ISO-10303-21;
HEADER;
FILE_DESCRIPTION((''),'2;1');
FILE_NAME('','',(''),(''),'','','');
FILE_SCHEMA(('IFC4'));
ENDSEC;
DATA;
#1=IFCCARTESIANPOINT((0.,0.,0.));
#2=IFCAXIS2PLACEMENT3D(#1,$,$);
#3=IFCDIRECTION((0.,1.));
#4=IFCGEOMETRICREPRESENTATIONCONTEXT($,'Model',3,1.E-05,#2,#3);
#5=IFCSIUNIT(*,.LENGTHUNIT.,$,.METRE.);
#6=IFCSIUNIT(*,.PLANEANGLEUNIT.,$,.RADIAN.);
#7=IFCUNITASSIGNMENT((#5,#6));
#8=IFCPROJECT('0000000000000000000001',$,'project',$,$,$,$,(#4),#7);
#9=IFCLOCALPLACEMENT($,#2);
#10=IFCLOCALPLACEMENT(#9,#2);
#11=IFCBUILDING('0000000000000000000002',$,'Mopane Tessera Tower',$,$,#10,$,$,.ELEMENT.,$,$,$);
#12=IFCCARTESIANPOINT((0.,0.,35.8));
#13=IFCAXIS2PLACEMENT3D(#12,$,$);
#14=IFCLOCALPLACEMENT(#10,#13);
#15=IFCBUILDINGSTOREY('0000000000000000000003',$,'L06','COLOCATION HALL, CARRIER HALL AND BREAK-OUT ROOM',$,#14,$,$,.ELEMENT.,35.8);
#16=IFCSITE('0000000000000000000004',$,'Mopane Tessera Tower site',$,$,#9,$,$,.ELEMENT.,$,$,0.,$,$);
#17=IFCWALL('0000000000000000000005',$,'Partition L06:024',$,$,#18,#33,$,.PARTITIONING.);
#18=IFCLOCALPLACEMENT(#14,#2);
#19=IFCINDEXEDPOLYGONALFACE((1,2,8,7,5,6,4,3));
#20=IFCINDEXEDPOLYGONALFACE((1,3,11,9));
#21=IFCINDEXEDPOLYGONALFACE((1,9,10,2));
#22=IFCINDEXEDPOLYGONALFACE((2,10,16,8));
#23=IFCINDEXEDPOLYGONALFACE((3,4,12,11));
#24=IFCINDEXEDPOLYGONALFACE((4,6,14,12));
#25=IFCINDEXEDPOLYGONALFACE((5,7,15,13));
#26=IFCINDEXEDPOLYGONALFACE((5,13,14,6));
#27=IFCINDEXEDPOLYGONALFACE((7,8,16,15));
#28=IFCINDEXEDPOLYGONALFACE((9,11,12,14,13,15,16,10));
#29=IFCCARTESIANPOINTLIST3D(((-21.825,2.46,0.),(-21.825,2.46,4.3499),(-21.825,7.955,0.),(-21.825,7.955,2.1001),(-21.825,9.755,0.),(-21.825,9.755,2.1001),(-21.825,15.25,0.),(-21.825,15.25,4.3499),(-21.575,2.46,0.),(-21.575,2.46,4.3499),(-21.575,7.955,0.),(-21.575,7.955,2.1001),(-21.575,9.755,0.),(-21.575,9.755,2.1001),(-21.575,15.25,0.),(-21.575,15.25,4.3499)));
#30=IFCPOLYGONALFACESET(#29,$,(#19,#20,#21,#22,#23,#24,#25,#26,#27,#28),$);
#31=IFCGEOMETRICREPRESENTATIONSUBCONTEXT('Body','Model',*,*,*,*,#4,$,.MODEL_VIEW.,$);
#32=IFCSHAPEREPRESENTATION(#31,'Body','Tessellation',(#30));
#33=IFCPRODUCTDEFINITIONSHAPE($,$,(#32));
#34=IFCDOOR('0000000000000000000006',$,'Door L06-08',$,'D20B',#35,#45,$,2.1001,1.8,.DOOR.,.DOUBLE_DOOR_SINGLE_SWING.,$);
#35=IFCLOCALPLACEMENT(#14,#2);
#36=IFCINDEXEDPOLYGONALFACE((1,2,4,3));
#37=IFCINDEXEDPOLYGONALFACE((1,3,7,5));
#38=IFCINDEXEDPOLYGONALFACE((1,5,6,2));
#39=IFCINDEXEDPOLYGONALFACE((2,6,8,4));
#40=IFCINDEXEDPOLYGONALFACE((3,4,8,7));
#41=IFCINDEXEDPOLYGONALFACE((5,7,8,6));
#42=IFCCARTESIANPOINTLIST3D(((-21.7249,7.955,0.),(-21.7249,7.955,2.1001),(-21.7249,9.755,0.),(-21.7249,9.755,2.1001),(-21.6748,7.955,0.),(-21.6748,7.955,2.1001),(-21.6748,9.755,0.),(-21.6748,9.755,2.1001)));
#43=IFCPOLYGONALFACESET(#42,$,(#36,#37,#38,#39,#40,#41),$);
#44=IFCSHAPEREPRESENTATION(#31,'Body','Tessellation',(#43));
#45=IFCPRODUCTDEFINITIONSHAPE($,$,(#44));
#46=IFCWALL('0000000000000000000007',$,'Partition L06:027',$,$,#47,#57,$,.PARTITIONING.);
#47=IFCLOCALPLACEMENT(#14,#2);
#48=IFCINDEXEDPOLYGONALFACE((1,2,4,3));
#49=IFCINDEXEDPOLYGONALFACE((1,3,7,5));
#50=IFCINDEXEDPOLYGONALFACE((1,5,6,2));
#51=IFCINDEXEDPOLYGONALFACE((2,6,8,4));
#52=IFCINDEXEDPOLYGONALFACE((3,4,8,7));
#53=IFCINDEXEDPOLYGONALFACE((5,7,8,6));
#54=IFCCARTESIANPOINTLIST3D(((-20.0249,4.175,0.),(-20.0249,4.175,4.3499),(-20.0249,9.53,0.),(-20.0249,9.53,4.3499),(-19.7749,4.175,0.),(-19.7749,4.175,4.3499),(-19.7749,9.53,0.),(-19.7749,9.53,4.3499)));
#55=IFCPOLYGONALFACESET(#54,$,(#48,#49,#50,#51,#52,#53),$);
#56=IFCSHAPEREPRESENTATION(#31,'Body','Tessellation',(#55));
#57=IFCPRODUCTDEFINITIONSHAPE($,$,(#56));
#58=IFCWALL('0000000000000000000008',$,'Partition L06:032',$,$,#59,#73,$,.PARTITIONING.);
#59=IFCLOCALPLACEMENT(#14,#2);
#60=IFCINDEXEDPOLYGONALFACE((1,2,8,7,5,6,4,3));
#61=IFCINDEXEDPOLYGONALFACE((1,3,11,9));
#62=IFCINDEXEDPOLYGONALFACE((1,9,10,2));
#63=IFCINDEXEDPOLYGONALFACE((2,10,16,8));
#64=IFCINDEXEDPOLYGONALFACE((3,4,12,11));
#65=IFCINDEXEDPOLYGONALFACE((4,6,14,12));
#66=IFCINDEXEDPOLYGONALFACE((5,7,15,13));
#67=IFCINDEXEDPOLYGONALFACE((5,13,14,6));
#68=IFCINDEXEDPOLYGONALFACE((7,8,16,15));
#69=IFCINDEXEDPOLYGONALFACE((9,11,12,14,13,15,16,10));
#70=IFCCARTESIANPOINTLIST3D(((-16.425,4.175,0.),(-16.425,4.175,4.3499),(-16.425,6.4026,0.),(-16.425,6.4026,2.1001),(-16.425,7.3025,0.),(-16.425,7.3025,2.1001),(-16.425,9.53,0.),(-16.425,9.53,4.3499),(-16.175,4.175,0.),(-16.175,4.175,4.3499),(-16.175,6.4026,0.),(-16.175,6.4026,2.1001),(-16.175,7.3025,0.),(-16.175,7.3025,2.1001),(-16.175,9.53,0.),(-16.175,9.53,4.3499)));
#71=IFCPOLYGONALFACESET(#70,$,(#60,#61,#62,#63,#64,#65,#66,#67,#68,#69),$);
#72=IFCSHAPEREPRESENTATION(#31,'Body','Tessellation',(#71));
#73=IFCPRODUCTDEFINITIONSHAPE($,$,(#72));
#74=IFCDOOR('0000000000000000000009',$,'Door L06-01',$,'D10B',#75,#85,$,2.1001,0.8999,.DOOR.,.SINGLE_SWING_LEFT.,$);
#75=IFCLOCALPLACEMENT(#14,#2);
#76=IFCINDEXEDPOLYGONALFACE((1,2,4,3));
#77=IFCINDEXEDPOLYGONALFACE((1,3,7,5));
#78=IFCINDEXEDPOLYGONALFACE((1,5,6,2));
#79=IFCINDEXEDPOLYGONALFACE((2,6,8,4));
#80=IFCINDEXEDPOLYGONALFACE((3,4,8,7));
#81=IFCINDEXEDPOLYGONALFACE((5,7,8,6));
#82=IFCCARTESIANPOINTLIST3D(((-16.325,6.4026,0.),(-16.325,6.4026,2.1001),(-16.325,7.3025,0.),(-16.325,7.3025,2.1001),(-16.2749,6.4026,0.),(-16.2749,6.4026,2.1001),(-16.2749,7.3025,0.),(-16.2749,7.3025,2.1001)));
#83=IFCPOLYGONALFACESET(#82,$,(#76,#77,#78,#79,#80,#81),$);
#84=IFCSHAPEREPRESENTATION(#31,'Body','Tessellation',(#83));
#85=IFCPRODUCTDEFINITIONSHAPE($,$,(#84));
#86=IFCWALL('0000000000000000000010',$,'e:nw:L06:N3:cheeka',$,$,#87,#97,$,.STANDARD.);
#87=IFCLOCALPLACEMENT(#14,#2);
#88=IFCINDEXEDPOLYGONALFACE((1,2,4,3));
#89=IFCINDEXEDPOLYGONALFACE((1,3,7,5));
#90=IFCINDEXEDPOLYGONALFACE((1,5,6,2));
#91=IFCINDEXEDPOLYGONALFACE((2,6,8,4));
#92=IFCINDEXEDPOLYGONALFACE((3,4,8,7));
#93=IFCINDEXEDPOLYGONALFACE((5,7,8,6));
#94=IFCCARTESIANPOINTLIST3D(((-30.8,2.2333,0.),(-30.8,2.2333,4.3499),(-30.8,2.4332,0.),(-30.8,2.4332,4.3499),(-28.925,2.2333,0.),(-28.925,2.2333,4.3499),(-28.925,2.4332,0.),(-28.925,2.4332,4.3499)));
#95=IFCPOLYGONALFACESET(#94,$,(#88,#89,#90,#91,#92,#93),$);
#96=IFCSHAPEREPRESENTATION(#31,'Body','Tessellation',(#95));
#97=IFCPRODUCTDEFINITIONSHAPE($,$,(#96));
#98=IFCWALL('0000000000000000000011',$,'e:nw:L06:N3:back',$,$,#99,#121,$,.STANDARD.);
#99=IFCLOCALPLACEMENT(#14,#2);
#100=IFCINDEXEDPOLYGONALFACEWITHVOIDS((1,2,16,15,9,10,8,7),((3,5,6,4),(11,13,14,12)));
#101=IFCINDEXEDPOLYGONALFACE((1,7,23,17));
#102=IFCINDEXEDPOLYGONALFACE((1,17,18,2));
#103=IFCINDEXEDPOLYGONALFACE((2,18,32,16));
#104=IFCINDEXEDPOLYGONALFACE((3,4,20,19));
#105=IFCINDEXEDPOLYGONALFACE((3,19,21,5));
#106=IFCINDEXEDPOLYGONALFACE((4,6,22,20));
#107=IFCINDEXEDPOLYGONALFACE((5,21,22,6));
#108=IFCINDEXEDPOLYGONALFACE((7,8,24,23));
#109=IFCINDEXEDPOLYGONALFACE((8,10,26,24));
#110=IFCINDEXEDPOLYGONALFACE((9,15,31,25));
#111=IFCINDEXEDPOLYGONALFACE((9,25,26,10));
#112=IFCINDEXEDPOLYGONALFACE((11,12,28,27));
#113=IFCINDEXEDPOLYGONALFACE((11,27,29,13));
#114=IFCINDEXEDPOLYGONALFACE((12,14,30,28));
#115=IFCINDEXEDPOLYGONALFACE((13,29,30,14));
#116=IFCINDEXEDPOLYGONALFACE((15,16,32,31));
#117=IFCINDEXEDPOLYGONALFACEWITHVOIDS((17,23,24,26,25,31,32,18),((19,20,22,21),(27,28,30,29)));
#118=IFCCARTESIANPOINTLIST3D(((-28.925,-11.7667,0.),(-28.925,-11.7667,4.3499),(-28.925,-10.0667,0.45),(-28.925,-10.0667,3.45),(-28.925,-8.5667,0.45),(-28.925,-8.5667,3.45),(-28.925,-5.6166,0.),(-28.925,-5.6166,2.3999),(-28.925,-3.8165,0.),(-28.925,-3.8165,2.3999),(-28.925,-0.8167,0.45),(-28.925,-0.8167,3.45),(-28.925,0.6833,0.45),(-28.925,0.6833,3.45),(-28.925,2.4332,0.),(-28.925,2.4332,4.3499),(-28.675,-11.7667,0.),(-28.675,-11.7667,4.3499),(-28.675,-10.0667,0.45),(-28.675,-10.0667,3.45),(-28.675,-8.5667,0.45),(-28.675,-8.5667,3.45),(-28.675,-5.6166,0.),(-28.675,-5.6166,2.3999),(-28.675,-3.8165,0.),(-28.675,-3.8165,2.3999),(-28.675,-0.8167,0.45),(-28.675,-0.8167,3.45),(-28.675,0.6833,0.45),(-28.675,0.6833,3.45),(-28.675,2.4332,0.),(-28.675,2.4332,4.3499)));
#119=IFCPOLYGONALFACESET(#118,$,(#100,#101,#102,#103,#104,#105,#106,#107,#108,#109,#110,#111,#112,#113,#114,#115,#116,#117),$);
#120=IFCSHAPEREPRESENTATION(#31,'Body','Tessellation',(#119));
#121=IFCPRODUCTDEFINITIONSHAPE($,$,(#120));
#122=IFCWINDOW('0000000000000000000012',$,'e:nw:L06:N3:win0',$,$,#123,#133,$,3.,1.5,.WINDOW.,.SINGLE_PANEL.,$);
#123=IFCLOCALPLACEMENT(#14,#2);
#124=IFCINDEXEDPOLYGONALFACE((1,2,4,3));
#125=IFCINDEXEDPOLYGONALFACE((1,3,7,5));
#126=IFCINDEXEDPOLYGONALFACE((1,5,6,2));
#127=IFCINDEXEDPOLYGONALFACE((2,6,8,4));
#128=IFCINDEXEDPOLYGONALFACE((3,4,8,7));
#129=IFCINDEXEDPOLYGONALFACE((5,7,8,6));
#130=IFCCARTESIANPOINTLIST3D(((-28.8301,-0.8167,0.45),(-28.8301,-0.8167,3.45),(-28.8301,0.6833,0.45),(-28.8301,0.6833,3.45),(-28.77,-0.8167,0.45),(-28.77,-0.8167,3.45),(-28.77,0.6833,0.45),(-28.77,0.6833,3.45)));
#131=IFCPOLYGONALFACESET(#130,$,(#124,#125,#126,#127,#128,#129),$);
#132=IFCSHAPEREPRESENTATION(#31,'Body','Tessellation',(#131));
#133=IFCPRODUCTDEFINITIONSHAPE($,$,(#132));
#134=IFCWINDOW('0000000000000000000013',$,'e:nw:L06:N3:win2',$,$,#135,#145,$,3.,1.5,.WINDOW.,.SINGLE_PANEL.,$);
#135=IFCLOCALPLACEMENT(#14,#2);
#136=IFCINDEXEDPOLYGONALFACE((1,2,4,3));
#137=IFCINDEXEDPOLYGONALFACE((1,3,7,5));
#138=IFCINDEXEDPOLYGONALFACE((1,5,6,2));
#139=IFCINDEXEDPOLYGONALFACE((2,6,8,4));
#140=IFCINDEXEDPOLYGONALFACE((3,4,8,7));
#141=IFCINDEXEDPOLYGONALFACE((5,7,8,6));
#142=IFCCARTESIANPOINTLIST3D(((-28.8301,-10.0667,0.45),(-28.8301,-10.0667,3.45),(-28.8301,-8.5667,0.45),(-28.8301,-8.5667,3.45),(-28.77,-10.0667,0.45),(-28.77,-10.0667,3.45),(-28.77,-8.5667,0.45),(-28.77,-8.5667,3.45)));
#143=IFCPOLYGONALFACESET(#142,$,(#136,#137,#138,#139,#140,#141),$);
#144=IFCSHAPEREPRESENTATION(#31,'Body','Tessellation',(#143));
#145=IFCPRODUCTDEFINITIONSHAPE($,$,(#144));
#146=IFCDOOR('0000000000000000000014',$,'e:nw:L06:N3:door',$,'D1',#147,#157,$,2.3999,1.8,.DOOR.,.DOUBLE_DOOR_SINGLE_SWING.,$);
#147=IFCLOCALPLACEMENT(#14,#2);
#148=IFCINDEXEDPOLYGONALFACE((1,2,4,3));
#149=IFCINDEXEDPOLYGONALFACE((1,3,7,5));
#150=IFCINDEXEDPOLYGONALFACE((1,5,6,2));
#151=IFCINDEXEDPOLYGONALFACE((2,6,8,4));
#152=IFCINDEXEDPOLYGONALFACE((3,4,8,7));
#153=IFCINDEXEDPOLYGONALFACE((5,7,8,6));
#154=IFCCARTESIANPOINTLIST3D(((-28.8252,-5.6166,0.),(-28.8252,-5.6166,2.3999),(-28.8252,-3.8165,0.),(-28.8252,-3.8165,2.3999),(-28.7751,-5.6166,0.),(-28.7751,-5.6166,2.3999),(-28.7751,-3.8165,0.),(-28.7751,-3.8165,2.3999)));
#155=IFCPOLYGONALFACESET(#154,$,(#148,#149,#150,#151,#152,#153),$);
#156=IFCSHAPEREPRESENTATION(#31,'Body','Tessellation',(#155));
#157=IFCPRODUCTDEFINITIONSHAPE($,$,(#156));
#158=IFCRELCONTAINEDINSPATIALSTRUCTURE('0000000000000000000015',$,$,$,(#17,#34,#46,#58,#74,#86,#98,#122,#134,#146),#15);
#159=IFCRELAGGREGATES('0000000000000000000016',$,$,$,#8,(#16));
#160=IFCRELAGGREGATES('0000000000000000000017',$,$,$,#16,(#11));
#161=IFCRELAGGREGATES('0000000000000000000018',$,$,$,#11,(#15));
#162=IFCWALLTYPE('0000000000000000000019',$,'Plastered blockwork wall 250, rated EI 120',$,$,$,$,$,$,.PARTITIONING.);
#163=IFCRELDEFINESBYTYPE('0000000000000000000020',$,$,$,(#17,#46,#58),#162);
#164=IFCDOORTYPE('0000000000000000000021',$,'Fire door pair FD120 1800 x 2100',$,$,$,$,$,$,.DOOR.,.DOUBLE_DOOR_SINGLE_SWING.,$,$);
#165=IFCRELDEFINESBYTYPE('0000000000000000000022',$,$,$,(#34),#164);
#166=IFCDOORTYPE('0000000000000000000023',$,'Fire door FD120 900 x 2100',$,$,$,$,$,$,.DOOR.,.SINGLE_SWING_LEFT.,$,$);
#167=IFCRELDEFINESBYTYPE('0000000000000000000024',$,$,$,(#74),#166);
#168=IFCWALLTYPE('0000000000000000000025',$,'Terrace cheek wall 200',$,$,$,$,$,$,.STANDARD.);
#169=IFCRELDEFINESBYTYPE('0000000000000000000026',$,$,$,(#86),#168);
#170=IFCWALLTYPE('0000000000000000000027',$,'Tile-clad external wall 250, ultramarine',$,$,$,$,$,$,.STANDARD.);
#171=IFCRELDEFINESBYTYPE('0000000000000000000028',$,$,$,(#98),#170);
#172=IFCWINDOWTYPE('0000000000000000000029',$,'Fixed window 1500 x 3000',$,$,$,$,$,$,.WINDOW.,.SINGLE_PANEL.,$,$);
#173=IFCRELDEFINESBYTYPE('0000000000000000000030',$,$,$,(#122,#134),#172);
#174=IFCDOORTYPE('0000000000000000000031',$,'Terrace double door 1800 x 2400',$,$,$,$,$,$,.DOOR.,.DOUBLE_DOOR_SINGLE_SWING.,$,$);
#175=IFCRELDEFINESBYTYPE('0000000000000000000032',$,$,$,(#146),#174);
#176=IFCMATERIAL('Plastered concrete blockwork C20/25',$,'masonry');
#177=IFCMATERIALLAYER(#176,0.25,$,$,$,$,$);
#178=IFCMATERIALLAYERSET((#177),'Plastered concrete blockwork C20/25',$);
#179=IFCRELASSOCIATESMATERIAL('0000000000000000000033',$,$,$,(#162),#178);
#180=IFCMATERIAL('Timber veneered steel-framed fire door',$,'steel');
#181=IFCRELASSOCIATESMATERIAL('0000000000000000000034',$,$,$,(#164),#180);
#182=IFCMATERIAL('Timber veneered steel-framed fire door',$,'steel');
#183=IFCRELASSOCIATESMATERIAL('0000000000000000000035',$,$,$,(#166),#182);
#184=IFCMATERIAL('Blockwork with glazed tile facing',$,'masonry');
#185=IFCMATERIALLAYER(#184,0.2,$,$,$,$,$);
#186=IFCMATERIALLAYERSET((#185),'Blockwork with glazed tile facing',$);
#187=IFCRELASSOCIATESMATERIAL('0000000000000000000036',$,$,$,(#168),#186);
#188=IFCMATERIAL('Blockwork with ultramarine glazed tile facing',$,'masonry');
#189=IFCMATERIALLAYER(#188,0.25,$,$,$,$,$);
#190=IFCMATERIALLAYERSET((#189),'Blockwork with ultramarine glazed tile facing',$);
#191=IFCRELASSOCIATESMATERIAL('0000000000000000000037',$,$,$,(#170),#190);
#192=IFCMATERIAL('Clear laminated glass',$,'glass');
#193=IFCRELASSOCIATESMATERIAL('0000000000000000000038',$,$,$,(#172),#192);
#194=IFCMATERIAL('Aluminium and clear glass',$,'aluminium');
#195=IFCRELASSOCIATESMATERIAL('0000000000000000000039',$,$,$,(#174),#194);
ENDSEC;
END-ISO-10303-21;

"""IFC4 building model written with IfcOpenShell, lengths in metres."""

from ifc_helpers import new_model, si_unit, direction, frame, frame_2d, origin, place, context, subcontext, project, spatial, rectangle, extrude, material, layer, layer_set, type_object, element, fill, save


model = new_model("IFC4")

# Units and contexts
model_context = context("Model", 3, precision=1e-05, world=origin(), true_north=direction((0.0, 1.0)))
body_context = subcontext(model_context, "Body", "Model", "MODEL_VIEW")
ifc_project = project(units=[si_unit("LENGTHUNIT", "METRE"), si_unit("PLANEANGLEUNIT", "RADIAN")], contexts=[model_context])

# Site, building, storey
site_placement = place(None, origin())
site = spatial("IfcSite", under=ifc_project, at=site_placement, Name="Mopane Tessera Tower site", CompositionType="ELEMENT", RefElevation=0.0)
building_placement = place(site_placement, origin())
building = spatial("IfcBuilding", under=site, at=building_placement, Name="Mopane Tessera Tower", CompositionType="ELEMENT")
storey_placement = place(building_placement, frame((0.0, 0.0, 35.8)))
storey = spatial("IfcBuildingStorey", under=building, at=storey_placement, Name="L06", Description="COLOCATION HALL, CARRIER HALL AND BREAK-OUT ROOM", CompositionType="ELEMENT", Elevation=35.8)

# Shared definitions
ifc_material_1 = material(Name="Plastered concrete blockwork C20/25", Category="masonry")
ifc_layer_1 = layer(ifc_material_1, 0.25)
ifc_layer_set_1 = layer_set([ifc_layer_1], Name="Plastered concrete blockwork C20/25")
wall_type_1 = type_object("IfcWallType", Name="Plastered blockwork wall 250, rated EI 120", PredefinedType="PARTITIONING", material=ifc_layer_set_1)

# Wall, opening, door
wall_1_placement = place(storey_placement, frame((-21.7, 2.46, 0.0), z_axis=(0.0, 0.0, 1.0), x_axis=(0.0, 1.0, 0.0)))
wall_1 = element("IfcWall", 1, at=wall_1_placement, inside=storey, type_object=wall_type_1, Name="Partition L06:024", PredefinedType="PARTITIONING", context=body_context, shape_type="SweptSolid", body=[
    extrude(rectangle(XDim=12.79, YDim=0.25, at=frame_2d((6.395, 0.0))), origin(), (0.0, 0.0, 1.0), 4.3499),
])
opening_1_placement = place(wall_1_placement, frame((5.4951, 0.0, 0.0)))
opening_1 = element("IfcOpeningElement", 2, at=opening_1_placement, cuts=wall_1, PredefinedType="OPENING", context=body_context, shape_type="SweptSolid", body=[
    extrude(rectangle(XDim=1.8, YDim=2.1001, at=frame_2d((0.8999, 1.05))), frame((0.0, 0.137, 0.0), z_axis=(0.0, -1.0, 0.0), x_axis=(1.0, 0.0, 0.0)), (0.0, 0.0, 1.0), 0.2739),
])
ifc_material_2 = material(Name="Timber veneered steel-framed fire door", Category="steel")
door_type_1 = type_object("IfcDoorType", Name="Fire door pair FD120 1800 x 2100", OperationType="DOUBLE_DOOR_SINGLE_SWING", PredefinedType="DOOR", material=ifc_material_2)
door_1_placement = place(opening_1_placement, origin())
door_1 = element("IfcDoor", 3, at=door_1_placement, inside=storey, type_object=door_type_1, Name="Door L06-08", ObjectType="D20B", OperationType="DOUBLE_DOOR_SINGLE_SWING", OverallHeight=2.1001, OverallWidth=1.8, PredefinedType="DOOR", context=body_context, shape_type="SweptSolid", body=[
    extrude(rectangle(XDim=1.8, YDim=2.1001, at=frame_2d((0.8999, 1.05))), frame((0.0, 0.0249, 0.0), z_axis=(0.0, -1.0, 0.0), x_axis=(1.0, 0.0, 0.0)), (0.0, 0.0, 1.0), 0.05),
])
fill(opening_1, door_1)

# Wall
wall_2_placement = place(storey_placement, frame((-19.8999, 4.175, 0.0), z_axis=(0.0, 0.0, 1.0), x_axis=(0.0, 1.0, 0.0)))
element("IfcWall", 4, at=wall_2_placement, inside=storey, type_object=wall_type_1, Name="Partition L06:027", PredefinedType="PARTITIONING", context=body_context, shape_type="SweptSolid", body=[
    extrude(rectangle(XDim=5.355, YDim=0.25, at=frame_2d((2.6775, 0.0))), origin(), (0.0, 0.0, 1.0), 4.3499),
])

# Wall, opening, door
wall_3_placement = place(storey_placement, frame((-16.3, 4.175, 0.0), z_axis=(0.0, 0.0, 1.0), x_axis=(0.0, 1.0, 0.0)))
wall_3 = element("IfcWall", 5, at=wall_3_placement, inside=storey, type_object=wall_type_1, Name="Partition L06:032", PredefinedType="PARTITIONING", context=body_context, shape_type="SweptSolid", body=[
    extrude(rectangle(XDim=5.355, YDim=0.25, at=frame_2d((2.6775, 0.0))), origin(), (0.0, 0.0, 1.0), 4.3499),
])
opening_2_placement = place(wall_3_placement, frame((2.2275, 0.0, 0.0)))
opening_2 = element("IfcOpeningElement", 6, at=opening_2_placement, cuts=wall_3, PredefinedType="OPENING", context=body_context, shape_type="SweptSolid", body=[
    extrude(rectangle(XDim=0.8999, YDim=2.1001, at=frame_2d((0.45, 1.05))), frame((0.0, 0.137, 0.0), z_axis=(0.0, -1.0, 0.0), x_axis=(1.0, 0.0, 0.0)), (0.0, 0.0, 1.0), 0.2739),
])
ifc_material_3 = material(Name="Timber veneered steel-framed fire door", Category="steel")
door_type_2 = type_object("IfcDoorType", Name="Fire door FD120 900 x 2100", OperationType="SINGLE_SWING_LEFT", PredefinedType="DOOR", material=ifc_material_3)
door_2_placement = place(opening_2_placement, origin())
door_2 = element("IfcDoor", 7, at=door_2_placement, inside=storey, type_object=door_type_2, Name="Door L06-01", ObjectType="D10B", OperationType="SINGLE_SWING_LEFT", OverallHeight=2.1001, OverallWidth=0.8999, PredefinedType="DOOR", context=body_context, shape_type="SweptSolid", body=[
    extrude(rectangle(XDim=0.8999, YDim=2.1001, at=frame_2d((0.45, 1.05))), frame((0.0, 0.0249, 0.0), z_axis=(0.0, -1.0, 0.0), x_axis=(1.0, 0.0, 0.0)), (0.0, 0.0, 1.0), 0.05),
])
fill(opening_2, door_2)

# Wall
ifc_material_4 = material(Name="Blockwork with glazed tile facing", Category="masonry")
ifc_layer_2 = layer(ifc_material_4, 0.2)
ifc_layer_set_2 = layer_set([ifc_layer_2], Name="Blockwork with glazed tile facing")
wall_type_2 = type_object("IfcWallType", Name="Terrace cheek wall 200", PredefinedType="STANDARD", material=ifc_layer_set_2)
wall_4_placement = place(storey_placement, frame((-30.8, 2.3333, 0.0), z_axis=(0.0, 0.0, 1.0), x_axis=(1.0, 0.0, 0.0)))
element("IfcWall", 8, at=wall_4_placement, inside=storey, type_object=wall_type_2, Name="e:nw:L06:N3:cheeka", PredefinedType="STANDARD", context=body_context, shape_type="SweptSolid", body=[
    extrude(rectangle(XDim=1.875, YDim=0.2, at=frame_2d((0.9375, 0.0))), origin(), (0.0, 0.0, 1.0), 4.3499),
])

# Wall, openings, windows, door
ifc_material_5 = material(Name="Blockwork with ultramarine glazed tile facing", Category="masonry")
ifc_layer_3 = layer(ifc_material_5, 0.25)
ifc_layer_set_3 = layer_set([ifc_layer_3], Name="Blockwork with ultramarine glazed tile facing")
wall_type_3 = type_object("IfcWallType", Name="Tile-clad external wall 250, ultramarine", PredefinedType="STANDARD", material=ifc_layer_set_3)
wall_5_placement = place(storey_placement, frame((-28.8, 2.4333, 0.0), z_axis=(0.0, 0.0, 1.0), x_axis=(0.0, -1.0, 0.0)))
wall_5 = element("IfcWall", 9, at=wall_5_placement, inside=storey, type_object=wall_type_3, Name="e:nw:L06:N3:back", PredefinedType="STANDARD", context=body_context, shape_type="SweptSolid", body=[
    extrude(rectangle(XDim=14.2, YDim=0.25, at=frame_2d((7.1001, 0.0))), origin(), (0.0, 0.0, 1.0), 4.3499),
])
opening_3_placement = place(wall_5_placement, frame((1.75, 0.0, 0.45)))
opening_3 = element("IfcOpeningElement", 10, at=opening_3_placement, cuts=wall_5, PredefinedType="OPENING", context=body_context, shape_type="SweptSolid", body=[
    extrude(rectangle(XDim=1.5, YDim=3.0, at=frame_2d((0.75, 1.5))), frame((0.0, 0.137, 0.0), z_axis=(0.0, -1.0, 0.0), x_axis=(1.0, 0.0, 0.0)), (0.0, 0.0, 1.0), 0.2739),
])
opening_4_placement = place(wall_5_placement, frame((6.25, 0.0, 0.0)))
opening_4 = element("IfcOpeningElement", 11, at=opening_4_placement, cuts=wall_5, PredefinedType="OPENING", context=body_context, shape_type="SweptSolid", body=[
    extrude(rectangle(XDim=1.8, YDim=2.3999, at=frame_2d((0.8999, 1.2))), frame((0.0, 0.137, 0.0), z_axis=(0.0, -1.0, 0.0), x_axis=(1.0, 0.0, 0.0)), (0.0, 0.0, 1.0), 0.2739),
])
opening_5_placement = place(wall_5_placement, frame((11.0, 0.0, 0.45)))
opening_5 = element("IfcOpeningElement", 12, at=opening_5_placement, cuts=wall_5, PredefinedType="OPENING", context=body_context, shape_type="SweptSolid", body=[
    extrude(rectangle(XDim=1.5, YDim=3.0, at=frame_2d((0.75, 1.5))), frame((0.0, 0.137, 0.0), z_axis=(0.0, -1.0, 0.0), x_axis=(1.0, 0.0, 0.0)), (0.0, 0.0, 1.0), 0.2739),
])
ifc_material_6 = material(Name="Clear laminated glass", Category="glass")
window_type = type_object("IfcWindowType", Name="Fixed window 1500 x 3000", PartitioningType="SINGLE_PANEL", PredefinedType="WINDOW", material=ifc_material_6)
window_1_placement = place(opening_3_placement, origin())
window_1 = element("IfcWindow", 13, at=window_1_placement, inside=storey, type_object=window_type, Name="e:nw:L06:N3:win0", OverallHeight=3.0, OverallWidth=1.5, PartitioningType="SINGLE_PANEL", PredefinedType="WINDOW", context=body_context, shape_type="SweptSolid", body=[
    extrude(rectangle(XDim=1.5, YDim=3.0, at=frame_2d((0.75, 1.5))), frame((0.0, 0.03, 0.0), z_axis=(0.0, -1.0, 0.0), x_axis=(1.0, 0.0, 0.0)), (0.0, 0.0, 1.0), 0.0601),
])
fill(opening_3, window_1)
window_2_placement = place(opening_5_placement, origin())
window_2 = element("IfcWindow", 14, at=window_2_placement, inside=storey, type_object=window_type, Name="e:nw:L06:N3:win2", OverallHeight=3.0, OverallWidth=1.5, PartitioningType="SINGLE_PANEL", PredefinedType="WINDOW", context=body_context, shape_type="SweptSolid", body=[
    extrude(rectangle(XDim=1.5, YDim=3.0, at=frame_2d((0.75, 1.5))), frame((0.0, 0.03, 0.0), z_axis=(0.0, -1.0, 0.0), x_axis=(1.0, 0.0, 0.0)), (0.0, 0.0, 1.0), 0.0601),
])
fill(opening_5, window_2)
ifc_material_7 = material(Name="Aluminium and clear glass", Category="aluminium")
door_type_3 = type_object("IfcDoorType", Name="Terrace double door 1800 x 2400", OperationType="DOUBLE_DOOR_SINGLE_SWING", PredefinedType="DOOR", material=ifc_material_7)
door_3_placement = place(opening_4_placement, origin())
door_3 = element("IfcDoor", 15, at=door_3_placement, inside=storey, type_object=door_type_3, Name="e:nw:L06:N3:door", ObjectType="D1", OperationType="DOUBLE_DOOR_SINGLE_SWING", OverallHeight=2.3999, OverallWidth=1.8, PredefinedType="DOOR", context=body_context, shape_type="SweptSolid", body=[
    extrude(rectangle(XDim=1.8, YDim=2.3999, at=frame_2d((0.8999, 1.2))), frame((0.0, 0.0249, 0.0), z_axis=(0.0, -1.0, 0.0), x_axis=(1.0, 0.0, 0.0)), (0.0, 0.0, 1.0), 0.05),
])
fill(opening_4, door_3)

save(model, "model.ifc")
